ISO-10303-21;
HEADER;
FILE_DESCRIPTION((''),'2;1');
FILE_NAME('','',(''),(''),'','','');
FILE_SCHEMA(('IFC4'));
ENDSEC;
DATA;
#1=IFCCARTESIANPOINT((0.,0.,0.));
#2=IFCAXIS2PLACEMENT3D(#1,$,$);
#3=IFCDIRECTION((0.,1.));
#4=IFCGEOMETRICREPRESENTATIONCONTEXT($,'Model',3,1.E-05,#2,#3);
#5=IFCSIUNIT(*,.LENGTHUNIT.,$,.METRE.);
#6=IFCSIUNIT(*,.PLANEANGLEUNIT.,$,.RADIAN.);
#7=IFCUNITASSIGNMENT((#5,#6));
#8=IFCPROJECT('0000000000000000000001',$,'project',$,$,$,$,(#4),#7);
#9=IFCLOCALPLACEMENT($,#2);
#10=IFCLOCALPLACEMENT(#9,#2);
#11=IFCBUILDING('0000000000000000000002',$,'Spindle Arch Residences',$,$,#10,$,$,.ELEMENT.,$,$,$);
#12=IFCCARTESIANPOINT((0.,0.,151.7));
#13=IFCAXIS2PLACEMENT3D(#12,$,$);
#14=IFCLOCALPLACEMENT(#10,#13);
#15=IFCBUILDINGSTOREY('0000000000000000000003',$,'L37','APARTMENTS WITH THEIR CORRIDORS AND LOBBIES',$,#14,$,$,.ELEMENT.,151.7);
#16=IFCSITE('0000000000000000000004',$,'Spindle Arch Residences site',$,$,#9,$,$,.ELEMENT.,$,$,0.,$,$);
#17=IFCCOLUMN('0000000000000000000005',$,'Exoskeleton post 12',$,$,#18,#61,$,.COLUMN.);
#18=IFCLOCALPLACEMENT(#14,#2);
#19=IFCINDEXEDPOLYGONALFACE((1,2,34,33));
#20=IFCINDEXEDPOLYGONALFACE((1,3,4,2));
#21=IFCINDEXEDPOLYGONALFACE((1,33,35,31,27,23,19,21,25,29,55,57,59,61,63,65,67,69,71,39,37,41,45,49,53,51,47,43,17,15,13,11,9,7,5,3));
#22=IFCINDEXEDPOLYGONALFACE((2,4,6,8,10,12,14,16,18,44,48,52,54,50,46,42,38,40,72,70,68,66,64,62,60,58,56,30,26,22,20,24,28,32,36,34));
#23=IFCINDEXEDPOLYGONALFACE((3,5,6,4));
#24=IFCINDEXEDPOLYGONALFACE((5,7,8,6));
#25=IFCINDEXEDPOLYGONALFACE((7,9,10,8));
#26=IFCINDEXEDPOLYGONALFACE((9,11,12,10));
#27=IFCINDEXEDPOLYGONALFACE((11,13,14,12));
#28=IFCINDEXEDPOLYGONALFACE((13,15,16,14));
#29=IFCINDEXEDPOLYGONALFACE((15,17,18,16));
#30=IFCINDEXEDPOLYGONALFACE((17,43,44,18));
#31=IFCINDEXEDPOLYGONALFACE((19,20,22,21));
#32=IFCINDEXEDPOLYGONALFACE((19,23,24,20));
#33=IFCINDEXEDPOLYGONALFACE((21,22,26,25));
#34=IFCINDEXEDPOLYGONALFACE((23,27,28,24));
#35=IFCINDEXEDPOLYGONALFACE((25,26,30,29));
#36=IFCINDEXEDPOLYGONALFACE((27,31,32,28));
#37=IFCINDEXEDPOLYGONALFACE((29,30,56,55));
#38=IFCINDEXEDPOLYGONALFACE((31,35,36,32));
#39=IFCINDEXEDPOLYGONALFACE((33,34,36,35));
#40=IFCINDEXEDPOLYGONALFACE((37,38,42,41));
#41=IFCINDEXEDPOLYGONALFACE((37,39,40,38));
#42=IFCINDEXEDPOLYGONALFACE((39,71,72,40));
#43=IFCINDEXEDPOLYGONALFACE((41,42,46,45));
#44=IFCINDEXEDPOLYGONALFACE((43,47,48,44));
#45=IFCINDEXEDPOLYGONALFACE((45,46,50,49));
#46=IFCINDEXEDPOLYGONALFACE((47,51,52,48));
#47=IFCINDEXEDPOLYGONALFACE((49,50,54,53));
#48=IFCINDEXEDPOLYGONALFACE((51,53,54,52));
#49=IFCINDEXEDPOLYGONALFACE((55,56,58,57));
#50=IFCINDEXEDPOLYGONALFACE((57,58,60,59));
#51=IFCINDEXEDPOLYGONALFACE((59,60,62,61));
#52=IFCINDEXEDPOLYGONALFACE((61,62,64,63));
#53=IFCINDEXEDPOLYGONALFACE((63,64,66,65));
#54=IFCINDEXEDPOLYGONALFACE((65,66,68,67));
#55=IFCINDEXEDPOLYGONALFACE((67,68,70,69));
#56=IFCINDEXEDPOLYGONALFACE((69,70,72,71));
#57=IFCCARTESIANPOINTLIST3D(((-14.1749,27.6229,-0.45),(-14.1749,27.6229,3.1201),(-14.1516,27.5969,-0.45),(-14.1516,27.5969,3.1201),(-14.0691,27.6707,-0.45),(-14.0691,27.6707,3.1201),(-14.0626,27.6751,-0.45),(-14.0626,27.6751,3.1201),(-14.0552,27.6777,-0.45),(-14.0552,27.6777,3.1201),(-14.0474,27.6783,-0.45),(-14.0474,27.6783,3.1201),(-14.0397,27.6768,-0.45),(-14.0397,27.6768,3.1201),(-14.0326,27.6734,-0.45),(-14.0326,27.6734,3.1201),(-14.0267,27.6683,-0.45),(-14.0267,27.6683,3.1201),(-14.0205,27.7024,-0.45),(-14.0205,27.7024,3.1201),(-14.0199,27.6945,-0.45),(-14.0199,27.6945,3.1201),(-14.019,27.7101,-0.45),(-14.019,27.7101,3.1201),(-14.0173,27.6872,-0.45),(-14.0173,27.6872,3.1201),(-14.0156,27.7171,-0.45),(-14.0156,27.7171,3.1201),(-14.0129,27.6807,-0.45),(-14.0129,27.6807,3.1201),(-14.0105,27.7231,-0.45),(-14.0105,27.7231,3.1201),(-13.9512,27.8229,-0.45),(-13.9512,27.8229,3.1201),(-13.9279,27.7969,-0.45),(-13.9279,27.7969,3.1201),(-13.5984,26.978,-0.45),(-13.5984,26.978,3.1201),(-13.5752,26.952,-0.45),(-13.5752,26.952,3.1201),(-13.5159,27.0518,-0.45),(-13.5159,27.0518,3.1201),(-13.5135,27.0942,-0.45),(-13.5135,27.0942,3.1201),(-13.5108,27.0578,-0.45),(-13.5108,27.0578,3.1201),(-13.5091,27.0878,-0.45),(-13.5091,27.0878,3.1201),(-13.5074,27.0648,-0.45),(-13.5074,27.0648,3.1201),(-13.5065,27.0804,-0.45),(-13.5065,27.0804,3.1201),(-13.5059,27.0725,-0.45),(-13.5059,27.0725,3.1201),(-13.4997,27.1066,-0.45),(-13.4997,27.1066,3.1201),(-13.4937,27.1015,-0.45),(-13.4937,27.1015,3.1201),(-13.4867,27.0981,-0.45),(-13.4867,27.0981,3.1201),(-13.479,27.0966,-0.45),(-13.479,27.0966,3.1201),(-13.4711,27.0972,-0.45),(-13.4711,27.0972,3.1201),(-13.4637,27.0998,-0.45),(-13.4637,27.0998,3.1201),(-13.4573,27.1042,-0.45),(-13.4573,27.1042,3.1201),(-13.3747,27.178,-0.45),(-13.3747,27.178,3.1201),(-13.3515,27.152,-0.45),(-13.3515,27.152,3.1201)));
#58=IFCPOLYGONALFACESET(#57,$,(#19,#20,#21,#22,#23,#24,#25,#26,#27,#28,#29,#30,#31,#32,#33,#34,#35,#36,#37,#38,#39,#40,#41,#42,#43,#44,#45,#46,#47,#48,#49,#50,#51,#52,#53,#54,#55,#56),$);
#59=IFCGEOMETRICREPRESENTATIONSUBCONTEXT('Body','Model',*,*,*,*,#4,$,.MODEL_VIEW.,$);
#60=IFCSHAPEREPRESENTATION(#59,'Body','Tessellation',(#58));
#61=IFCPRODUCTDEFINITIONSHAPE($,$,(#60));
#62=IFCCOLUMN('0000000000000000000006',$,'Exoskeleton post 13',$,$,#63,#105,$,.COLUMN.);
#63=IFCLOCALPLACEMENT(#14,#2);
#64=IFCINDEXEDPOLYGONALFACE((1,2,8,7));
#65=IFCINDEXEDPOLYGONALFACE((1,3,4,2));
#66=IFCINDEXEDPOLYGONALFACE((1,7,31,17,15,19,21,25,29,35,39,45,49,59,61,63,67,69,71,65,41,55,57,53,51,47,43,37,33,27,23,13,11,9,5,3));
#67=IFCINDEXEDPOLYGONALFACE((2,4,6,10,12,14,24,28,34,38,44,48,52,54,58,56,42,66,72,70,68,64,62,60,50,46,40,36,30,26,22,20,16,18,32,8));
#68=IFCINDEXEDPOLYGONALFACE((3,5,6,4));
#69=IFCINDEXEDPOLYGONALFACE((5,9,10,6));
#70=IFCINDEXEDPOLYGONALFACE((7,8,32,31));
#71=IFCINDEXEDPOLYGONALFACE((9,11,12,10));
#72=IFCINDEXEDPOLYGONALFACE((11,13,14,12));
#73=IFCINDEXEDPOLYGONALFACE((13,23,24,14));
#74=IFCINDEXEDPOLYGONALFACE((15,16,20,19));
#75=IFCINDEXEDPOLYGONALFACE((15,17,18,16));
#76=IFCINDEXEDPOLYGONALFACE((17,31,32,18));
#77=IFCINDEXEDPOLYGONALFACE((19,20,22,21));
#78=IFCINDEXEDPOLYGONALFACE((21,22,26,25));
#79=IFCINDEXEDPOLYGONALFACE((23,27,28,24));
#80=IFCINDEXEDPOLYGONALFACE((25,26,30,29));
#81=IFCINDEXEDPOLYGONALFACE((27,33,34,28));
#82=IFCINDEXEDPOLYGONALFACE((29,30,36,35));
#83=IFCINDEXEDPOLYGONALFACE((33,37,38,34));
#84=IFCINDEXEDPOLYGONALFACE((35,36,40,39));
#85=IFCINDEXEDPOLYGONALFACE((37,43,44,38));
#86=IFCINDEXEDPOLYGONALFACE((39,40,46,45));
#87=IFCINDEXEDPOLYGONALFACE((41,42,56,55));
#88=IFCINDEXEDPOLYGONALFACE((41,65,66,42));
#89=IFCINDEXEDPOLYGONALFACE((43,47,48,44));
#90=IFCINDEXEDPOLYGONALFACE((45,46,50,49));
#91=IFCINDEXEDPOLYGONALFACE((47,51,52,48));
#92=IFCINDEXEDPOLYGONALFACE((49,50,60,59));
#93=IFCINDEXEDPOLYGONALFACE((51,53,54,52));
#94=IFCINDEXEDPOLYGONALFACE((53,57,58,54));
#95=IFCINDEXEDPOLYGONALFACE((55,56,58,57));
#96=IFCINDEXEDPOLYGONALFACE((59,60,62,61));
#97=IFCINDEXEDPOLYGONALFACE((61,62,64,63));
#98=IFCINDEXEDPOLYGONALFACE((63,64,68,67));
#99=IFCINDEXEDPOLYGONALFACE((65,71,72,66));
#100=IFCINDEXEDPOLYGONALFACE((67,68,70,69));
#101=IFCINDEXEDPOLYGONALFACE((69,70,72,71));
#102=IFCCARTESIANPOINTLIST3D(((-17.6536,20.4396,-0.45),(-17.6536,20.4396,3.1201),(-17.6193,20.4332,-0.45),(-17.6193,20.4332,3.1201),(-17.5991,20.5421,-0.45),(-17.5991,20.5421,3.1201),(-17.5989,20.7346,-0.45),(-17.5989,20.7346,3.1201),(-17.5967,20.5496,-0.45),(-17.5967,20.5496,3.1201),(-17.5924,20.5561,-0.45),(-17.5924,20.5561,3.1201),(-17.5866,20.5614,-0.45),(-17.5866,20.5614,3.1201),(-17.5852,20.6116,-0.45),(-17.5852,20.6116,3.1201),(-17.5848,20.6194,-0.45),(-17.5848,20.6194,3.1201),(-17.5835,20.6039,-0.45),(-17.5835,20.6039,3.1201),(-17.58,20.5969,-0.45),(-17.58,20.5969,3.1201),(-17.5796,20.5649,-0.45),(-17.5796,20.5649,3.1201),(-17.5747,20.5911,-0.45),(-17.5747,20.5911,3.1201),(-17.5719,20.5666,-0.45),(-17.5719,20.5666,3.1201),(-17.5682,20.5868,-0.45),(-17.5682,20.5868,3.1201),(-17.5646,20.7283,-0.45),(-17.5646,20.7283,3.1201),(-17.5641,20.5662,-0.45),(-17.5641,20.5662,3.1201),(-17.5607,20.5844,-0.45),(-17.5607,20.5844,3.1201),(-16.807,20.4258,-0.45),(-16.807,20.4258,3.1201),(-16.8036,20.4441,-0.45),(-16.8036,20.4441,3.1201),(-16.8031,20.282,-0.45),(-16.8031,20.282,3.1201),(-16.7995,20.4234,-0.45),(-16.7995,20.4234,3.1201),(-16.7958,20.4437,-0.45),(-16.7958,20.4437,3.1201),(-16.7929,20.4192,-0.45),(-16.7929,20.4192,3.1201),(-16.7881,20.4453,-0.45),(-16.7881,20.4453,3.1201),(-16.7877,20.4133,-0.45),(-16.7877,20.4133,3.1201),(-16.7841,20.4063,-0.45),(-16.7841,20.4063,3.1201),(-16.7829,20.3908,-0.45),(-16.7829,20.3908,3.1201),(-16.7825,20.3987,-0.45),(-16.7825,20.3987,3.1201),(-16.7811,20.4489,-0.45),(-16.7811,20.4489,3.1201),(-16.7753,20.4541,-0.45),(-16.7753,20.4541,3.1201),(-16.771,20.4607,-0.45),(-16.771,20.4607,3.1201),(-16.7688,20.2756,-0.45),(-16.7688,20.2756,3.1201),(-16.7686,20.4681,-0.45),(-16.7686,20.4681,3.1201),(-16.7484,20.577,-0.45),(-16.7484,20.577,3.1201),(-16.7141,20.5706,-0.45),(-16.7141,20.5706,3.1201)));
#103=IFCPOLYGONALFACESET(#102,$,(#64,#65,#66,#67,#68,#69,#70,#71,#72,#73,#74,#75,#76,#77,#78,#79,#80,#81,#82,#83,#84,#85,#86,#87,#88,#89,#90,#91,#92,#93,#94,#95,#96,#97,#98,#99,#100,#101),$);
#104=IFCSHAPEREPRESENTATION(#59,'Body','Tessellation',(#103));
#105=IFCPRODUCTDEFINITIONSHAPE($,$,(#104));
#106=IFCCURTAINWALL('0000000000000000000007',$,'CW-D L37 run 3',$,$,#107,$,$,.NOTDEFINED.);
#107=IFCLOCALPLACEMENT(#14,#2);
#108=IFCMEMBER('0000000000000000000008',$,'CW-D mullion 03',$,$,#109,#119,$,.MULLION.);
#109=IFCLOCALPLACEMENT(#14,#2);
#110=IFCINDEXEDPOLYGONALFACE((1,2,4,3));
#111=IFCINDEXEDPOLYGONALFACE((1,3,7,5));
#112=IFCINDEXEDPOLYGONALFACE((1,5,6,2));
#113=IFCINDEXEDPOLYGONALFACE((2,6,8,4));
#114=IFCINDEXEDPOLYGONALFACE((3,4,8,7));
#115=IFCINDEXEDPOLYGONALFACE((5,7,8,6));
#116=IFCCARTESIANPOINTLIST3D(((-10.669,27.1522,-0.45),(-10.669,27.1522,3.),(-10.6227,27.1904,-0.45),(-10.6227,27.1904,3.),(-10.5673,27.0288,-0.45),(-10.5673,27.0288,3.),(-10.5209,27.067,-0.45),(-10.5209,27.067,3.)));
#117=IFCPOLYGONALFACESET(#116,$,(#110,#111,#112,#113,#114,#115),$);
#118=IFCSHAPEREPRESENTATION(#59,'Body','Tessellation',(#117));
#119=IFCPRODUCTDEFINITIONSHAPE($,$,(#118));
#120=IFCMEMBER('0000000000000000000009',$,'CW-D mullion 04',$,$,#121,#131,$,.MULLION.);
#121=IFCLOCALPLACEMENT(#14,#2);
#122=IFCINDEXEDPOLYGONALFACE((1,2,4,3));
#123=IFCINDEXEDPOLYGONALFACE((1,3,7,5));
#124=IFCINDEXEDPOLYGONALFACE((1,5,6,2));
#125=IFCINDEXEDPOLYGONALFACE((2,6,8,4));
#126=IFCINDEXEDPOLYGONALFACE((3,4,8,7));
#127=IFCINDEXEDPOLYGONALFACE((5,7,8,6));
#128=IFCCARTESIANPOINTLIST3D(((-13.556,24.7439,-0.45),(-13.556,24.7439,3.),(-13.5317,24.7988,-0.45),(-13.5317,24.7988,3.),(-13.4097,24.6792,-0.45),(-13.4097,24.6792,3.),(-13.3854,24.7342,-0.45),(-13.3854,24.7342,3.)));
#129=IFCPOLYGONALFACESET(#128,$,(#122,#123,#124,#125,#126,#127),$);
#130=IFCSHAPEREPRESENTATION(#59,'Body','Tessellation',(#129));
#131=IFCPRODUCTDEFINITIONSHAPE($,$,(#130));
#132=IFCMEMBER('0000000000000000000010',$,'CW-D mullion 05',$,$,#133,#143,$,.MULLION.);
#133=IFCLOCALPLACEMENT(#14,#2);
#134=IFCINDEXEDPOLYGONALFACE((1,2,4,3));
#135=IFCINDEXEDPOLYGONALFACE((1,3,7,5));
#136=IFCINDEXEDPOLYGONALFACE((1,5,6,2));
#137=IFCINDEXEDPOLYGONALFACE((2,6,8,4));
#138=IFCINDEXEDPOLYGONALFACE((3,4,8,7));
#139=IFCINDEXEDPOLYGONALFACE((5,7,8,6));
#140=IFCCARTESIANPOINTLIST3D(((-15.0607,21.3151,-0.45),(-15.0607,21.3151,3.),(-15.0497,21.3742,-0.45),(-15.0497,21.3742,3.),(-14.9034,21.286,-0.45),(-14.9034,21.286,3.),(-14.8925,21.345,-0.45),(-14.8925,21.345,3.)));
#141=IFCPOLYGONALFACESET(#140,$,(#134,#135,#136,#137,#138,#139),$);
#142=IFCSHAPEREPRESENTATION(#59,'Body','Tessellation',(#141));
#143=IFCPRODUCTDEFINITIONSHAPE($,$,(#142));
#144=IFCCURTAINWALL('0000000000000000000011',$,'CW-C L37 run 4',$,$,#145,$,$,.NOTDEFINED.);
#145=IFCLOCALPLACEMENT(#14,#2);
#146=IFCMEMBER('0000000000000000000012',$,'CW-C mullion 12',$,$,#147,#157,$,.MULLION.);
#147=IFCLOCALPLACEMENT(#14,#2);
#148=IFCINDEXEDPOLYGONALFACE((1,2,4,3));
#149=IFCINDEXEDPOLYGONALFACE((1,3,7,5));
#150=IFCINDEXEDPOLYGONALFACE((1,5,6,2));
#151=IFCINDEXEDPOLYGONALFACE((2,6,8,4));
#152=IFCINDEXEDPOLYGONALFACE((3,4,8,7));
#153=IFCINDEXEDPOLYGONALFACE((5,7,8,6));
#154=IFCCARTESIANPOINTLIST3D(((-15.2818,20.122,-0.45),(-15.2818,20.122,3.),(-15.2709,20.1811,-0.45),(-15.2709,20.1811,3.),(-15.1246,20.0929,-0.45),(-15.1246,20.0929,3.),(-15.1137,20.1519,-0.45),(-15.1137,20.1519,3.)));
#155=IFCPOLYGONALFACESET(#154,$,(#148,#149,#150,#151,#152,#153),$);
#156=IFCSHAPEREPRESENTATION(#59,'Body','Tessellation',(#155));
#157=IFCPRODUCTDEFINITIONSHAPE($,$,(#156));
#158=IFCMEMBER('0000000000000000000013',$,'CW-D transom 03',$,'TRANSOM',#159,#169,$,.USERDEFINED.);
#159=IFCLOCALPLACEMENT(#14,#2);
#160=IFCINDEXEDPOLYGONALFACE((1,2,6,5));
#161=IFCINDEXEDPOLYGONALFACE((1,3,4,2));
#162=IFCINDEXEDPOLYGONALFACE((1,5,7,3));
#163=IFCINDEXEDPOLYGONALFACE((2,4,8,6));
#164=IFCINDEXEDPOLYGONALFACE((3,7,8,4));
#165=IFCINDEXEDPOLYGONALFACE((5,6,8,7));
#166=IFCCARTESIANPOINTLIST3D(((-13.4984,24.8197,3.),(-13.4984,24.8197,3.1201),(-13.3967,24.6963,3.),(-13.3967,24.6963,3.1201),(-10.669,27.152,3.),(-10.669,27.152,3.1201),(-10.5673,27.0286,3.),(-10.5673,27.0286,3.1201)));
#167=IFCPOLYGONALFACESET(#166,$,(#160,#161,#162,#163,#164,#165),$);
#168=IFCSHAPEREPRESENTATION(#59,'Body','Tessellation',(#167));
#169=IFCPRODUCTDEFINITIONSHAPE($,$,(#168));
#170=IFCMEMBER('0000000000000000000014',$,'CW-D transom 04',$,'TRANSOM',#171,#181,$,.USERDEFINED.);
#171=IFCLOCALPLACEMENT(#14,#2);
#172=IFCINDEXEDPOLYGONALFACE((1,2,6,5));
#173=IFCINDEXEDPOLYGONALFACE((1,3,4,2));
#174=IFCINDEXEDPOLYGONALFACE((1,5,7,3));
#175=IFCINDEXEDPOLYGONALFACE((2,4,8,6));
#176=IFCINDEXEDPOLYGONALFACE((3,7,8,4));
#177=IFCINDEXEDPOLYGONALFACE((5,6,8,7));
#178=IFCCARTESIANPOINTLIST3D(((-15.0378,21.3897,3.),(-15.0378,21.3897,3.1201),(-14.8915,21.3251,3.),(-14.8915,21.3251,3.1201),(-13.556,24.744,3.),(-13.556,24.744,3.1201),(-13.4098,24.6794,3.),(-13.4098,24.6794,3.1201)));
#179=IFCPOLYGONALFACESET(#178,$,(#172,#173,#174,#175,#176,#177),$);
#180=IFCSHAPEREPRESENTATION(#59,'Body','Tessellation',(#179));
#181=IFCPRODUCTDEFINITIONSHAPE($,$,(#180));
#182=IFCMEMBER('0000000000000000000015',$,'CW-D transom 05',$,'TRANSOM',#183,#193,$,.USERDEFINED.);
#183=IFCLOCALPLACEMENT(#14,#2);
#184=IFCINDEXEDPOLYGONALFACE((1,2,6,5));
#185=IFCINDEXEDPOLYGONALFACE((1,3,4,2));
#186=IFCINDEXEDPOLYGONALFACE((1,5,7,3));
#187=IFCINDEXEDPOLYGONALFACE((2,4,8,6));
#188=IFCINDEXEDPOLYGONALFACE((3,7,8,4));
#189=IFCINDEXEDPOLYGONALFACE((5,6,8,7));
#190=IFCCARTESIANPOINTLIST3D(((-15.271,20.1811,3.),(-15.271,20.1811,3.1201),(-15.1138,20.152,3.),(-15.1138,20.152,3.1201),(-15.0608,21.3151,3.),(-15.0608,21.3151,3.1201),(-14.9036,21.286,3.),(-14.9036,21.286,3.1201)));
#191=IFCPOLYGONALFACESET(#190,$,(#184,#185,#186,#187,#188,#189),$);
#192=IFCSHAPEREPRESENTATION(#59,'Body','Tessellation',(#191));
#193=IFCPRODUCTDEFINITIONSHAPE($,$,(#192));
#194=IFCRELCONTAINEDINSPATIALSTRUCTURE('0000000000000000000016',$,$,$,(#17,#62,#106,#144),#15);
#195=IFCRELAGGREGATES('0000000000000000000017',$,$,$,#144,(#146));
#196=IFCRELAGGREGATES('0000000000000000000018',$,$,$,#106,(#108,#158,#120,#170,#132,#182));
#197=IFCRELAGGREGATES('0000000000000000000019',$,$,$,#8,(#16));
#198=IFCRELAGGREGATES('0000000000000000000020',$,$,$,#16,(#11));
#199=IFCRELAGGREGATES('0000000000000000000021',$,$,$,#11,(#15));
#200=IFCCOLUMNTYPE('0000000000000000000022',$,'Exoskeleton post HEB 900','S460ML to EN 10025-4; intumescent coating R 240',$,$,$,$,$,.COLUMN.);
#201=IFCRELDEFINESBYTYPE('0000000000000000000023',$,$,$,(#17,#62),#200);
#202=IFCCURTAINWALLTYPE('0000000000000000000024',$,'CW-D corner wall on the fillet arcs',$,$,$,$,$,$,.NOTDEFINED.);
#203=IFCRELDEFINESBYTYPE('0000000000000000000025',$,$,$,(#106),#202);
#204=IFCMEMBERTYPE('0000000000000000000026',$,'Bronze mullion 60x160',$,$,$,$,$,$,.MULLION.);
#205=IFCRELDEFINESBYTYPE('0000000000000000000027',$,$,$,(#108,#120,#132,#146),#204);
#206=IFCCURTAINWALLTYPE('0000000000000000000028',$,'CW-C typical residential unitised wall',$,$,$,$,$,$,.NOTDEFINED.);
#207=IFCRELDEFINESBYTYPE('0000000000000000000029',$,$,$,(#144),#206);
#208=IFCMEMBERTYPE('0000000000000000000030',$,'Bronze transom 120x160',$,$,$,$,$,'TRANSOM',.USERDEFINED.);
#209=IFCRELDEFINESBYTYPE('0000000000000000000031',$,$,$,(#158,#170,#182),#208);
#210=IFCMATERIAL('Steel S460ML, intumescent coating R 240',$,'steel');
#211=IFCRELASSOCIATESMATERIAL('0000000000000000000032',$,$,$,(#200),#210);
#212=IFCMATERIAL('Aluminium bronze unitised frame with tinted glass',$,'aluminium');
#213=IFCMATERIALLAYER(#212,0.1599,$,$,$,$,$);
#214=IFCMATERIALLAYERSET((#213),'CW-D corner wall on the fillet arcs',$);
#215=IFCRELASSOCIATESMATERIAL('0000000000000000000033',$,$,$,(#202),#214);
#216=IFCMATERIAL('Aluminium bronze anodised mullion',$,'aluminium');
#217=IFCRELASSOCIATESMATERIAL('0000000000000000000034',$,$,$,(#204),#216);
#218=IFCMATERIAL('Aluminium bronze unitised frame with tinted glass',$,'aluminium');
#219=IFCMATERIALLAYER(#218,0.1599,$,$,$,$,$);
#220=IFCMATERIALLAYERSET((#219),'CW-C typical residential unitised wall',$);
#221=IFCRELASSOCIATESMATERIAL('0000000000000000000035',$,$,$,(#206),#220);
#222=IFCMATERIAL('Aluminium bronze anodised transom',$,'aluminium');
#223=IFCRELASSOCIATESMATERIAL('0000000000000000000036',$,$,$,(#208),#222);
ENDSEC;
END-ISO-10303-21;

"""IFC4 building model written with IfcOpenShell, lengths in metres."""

from ifc_helpers import new_model, si_unit, direction, frame, origin, origin_2d, place, context, subcontext, project, spatial, rectangle, i_section, extrude, material, layer, layer_set, material_profile, profile_set, type_object, element, aggregate, save


model = new_model("IFC4")

# Units and contexts
model_context = context("Model", 3, precision=1e-05, world=origin(), true_north=direction((0.0, 1.0)))
body_context = subcontext(model_context, "Body", "Model", "MODEL_VIEW")
ifc_project = project(units=[si_unit("LENGTHUNIT", "METRE"), si_unit("PLANEANGLEUNIT", "RADIAN")], contexts=[model_context])

# Site, building, storey
site_placement = place(None, origin())
site = spatial("IfcSite", under=ifc_project, at=site_placement, Name="Spindle Arch Residences site", CompositionType="ELEMENT", RefElevation=0.0)
building_placement = place(site_placement, origin())
building = spatial("IfcBuilding", under=site, at=building_placement, Name="Spindle Arch Residences", CompositionType="ELEMENT")
storey_placement = place(building_placement, frame((0.0, 0.0, 151.7)))
storey = spatial("IfcBuildingStorey", under=building, at=storey_placement, Name="L37", Description="APARTMENTS WITH THEIR CORRIDORS AND LOBBIES", CompositionType="ELEMENT", Elevation=151.7)

# Columns
ifc_material_1 = material(Name="Steel S460ML, intumescent coating R 240", Category="steel")
ifc_material_profile_1 = material_profile(ifc_material_1, i_section(OverallWidth=0.3, OverallDepth=0.8999, WebThickness=0.0186, FlangeThickness=0.0349, FilletRadius=0.03, at=origin_2d()), Name="HEB 900")
ifc_profile_set_1 = profile_set([ifc_material_profile_1], Name="Steel S460ML, intumescent coating R 240")
column_type = type_object("IfcColumnType", Name="Exoskeleton post HEB 900", Description="S460ML to EN 10025-4; intumescent coating R 240", PredefinedType="COLUMN", material=ifc_profile_set_1)
for number, where, z_axis, x_axis, name in (
    (1, (-13.7632, 27.3875, -0.45), (0.0, 0.0, 1.0), (0.74554, 0.666461, 0.0), "Exoskeleton post 12"),
    (2, (-17.1838, 20.5051, -0.45), (0.0, 0.0, 1.0), (0.182236, 0.983255, 0.0), "Exoskeleton post 13"),
):
    element("IfcColumn", number, at=place(storey_placement, frame(where, z_axis=z_axis, x_axis=x_axis)), inside=storey, type_object=column_type, Name=name, PredefinedType="COLUMN", context=body_context, shape_type="SweptSolid", body=[
        extrude(i_section(OverallWidth=0.3, OverallDepth=0.8999, WebThickness=0.0186, FlangeThickness=0.0349, FilletRadius=0.03, at=origin_2d()), origin(), (0.0, 0.0, 1.0), 3.5701),
    ])

# Curtain wall, members
ifc_material_2 = material(Name="Aluminium bronze unitised frame with tinted glass", Category="aluminium")
ifc_layer_1 = layer(ifc_material_2, 0.1599)
ifc_layer_set_1 = layer_set([ifc_layer_1], Name="CW-D corner wall on the fillet arcs")
curtain_wall_type_1 = type_object("IfcCurtainWallType", Name="CW-D corner wall on the fillet arcs", PredefinedType="NOTDEFINED", material=ifc_layer_set_1)
curtain_wall_1_placement = place(storey_placement, origin())
curtain_wall_1 = element("IfcCurtainWall", 3, at=curtain_wall_1_placement, inside=storey, type_object=curtain_wall_type_1, Name="CW-D L37 run 3", PredefinedType="NOTDEFINED")
ifc_material_3 = material(Name="Aluminium bronze anodised mullion", Category="aluminium")
ifc_material_profile_2 = material_profile(ifc_material_3, rectangle(XDim=0.1599, YDim=0.0601, at=origin_2d()), Name="MU 60x160")
ifc_profile_set_2 = profile_set([ifc_material_profile_2], Name="Aluminium bronze anodised mullion")
member_type_1 = type_object("IfcMemberType", Name="Bronze mullion 60x160", PredefinedType="MULLION", material=ifc_profile_set_2)
member_1_placement = place(storey_placement, frame((-10.595, 27.1096, -0.45), z_axis=(0.0, 0.0, 1.0), x_axis=(0.636078, -0.771625, 0.0)))
member_1 = element("IfcMember", 4, at=member_1_placement, type_object=member_type_1, Name="CW-D mullion 03", PredefinedType="MULLION", context=body_context, shape_type="SweptSolid", body=[
    extrude(rectangle(XDim=0.1599, YDim=0.0601, at=origin_2d()), origin(), (0.0, 0.0, 1.0), 3.45),
])
member_2_placement = place(storey_placement, frame((-13.4707, 24.739, -0.45), z_axis=(0.0, 0.0, 1.0), x_axis=(0.914725, -0.404078, 0.0)))
member_2 = element("IfcMember", 5, at=member_2_placement, type_object=member_type_1, Name="CW-D mullion 04", PredefinedType="MULLION", context=body_context, shape_type="SweptSolid", body=[
    extrude(rectangle(XDim=0.1599, YDim=0.0601, at=origin_2d()), origin(), (0.0, 0.0, 1.0), 3.45),
])
member_3_placement = place(storey_placement, frame((-14.9766, 21.3301, -0.45), z_axis=(0.0, 0.0, 1.0), x_axis=(0.983255, -0.182236, 0.0)))
member_3 = element("IfcMember", 6, at=member_3_placement, type_object=member_type_1, Name="CW-D mullion 05", PredefinedType="MULLION", context=body_context, shape_type="SweptSolid", body=[
    extrude(rectangle(XDim=0.1599, YDim=0.0601, at=origin_2d()), origin(), (0.0, 0.0, 1.0), 3.45),
])

# Curtain wall, member
ifc_material_4 = material(Name="Aluminium bronze unitised frame with tinted glass", Category="aluminium")
ifc_layer_2 = layer(ifc_material_4, 0.1599)
ifc_layer_set_2 = layer_set([ifc_layer_2], Name="CW-C typical residential unitised wall")
curtain_wall_type_2 = type_object("IfcCurtainWallType", Name="CW-C typical residential unitised wall", PredefinedType="NOTDEFINED", material=ifc_layer_set_2)
curtain_wall_2_placement = place(storey_placement, origin())
curtain_wall_2 = element("IfcCurtainWall", 7, at=curtain_wall_2_placement, inside=storey, type_object=curtain_wall_type_2, Name="CW-C L37 run 4", PredefinedType="NOTDEFINED")
member_4_placement = place(storey_placement, frame((-15.1978, 20.137, -0.45), z_axis=(0.0, 0.0, 1.0), x_axis=(0.983255, -0.182236, 0.0)))
member_4 = element("IfcMember", 8, at=member_4_placement, type_object=member_type_1, Name="CW-C mullion 12", PredefinedType="MULLION", context=body_context, shape_type="SweptSolid", body=[
    extrude(rectangle(XDim=0.1599, YDim=0.0601, at=origin_2d()), origin(), (0.0, 0.0, 1.0), 3.45),
])

# Members
ifc_material_5 = material(Name="Aluminium bronze anodised transom", Category="aluminium")
ifc_material_profile_3 = material_profile(ifc_material_5, rectangle(XDim=0.1599, YDim=0.1201, at=origin_2d()), Name="TR 120x160")
ifc_profile_set_3 = profile_set([ifc_material_profile_3], Name="Aluminium bronze anodised transom")
member_type_2 = type_object("IfcMemberType", Name="Bronze transom 120x160", ElementType="TRANSOM", PredefinedType="USERDEFINED", material=ifc_profile_set_3)
member_5_placement = place(storey_placement, frame((-10.6182, 27.0903, 3.0601), z_axis=(-0.771632, -0.636069, 0.0), x_axis=(0.636069, -0.771632, 0.0)))
member_5 = element("IfcMember", 9, at=member_5_placement, type_object=member_type_2, Name="CW-D transom 03", ObjectType="TRANSOM", PredefinedType="USERDEFINED", context=body_context, shape_type="SweptSolid", body=[
    extrude(rectangle(XDim=0.1599, YDim=0.1201, at=origin_2d()), origin(), (0.0, 0.0, 1.0), 3.6667),
])
member_6_placement = place(storey_placement, frame((-13.4829, 24.7117, 3.0601), z_axis=(-0.404068, -0.914729, 0.0), x_axis=(0.914729, -0.404068, 0.0)))
member_6 = element("IfcMember", 10, at=member_6_placement, type_object=member_type_2, Name="CW-D transom 04", ObjectType="TRANSOM", PredefinedType="USERDEFINED", context=body_context, shape_type="SweptSolid", body=[
    extrude(rectangle(XDim=0.1599, YDim=0.1201, at=origin_2d()), origin(), (0.0, 0.0, 1.0), 3.667),
])
member_7_placement = place(storey_placement, frame((-14.9822, 21.3005, 3.0601), z_axis=(-0.182256, -0.983251, 0.0), x_axis=(0.983251, -0.182256, 0.0)))
member_7 = element("IfcMember", 11, at=member_7_placement, type_object=member_type_2, Name="CW-D transom 05", ObjectType="TRANSOM", PredefinedType="USERDEFINED", context=body_context, shape_type="SweptSolid", body=[
    extrude(rectangle(XDim=0.1599, YDim=0.1201, at=origin_2d()), origin(), (0.0, 0.0, 1.0), 1.1533),
])
aggregate(curtain_wall_2, [member_4])

aggregate(curtain_wall_1, [member_1, member_5, member_2, member_6, member_3, member_7])

save(model, "model.ifc")
